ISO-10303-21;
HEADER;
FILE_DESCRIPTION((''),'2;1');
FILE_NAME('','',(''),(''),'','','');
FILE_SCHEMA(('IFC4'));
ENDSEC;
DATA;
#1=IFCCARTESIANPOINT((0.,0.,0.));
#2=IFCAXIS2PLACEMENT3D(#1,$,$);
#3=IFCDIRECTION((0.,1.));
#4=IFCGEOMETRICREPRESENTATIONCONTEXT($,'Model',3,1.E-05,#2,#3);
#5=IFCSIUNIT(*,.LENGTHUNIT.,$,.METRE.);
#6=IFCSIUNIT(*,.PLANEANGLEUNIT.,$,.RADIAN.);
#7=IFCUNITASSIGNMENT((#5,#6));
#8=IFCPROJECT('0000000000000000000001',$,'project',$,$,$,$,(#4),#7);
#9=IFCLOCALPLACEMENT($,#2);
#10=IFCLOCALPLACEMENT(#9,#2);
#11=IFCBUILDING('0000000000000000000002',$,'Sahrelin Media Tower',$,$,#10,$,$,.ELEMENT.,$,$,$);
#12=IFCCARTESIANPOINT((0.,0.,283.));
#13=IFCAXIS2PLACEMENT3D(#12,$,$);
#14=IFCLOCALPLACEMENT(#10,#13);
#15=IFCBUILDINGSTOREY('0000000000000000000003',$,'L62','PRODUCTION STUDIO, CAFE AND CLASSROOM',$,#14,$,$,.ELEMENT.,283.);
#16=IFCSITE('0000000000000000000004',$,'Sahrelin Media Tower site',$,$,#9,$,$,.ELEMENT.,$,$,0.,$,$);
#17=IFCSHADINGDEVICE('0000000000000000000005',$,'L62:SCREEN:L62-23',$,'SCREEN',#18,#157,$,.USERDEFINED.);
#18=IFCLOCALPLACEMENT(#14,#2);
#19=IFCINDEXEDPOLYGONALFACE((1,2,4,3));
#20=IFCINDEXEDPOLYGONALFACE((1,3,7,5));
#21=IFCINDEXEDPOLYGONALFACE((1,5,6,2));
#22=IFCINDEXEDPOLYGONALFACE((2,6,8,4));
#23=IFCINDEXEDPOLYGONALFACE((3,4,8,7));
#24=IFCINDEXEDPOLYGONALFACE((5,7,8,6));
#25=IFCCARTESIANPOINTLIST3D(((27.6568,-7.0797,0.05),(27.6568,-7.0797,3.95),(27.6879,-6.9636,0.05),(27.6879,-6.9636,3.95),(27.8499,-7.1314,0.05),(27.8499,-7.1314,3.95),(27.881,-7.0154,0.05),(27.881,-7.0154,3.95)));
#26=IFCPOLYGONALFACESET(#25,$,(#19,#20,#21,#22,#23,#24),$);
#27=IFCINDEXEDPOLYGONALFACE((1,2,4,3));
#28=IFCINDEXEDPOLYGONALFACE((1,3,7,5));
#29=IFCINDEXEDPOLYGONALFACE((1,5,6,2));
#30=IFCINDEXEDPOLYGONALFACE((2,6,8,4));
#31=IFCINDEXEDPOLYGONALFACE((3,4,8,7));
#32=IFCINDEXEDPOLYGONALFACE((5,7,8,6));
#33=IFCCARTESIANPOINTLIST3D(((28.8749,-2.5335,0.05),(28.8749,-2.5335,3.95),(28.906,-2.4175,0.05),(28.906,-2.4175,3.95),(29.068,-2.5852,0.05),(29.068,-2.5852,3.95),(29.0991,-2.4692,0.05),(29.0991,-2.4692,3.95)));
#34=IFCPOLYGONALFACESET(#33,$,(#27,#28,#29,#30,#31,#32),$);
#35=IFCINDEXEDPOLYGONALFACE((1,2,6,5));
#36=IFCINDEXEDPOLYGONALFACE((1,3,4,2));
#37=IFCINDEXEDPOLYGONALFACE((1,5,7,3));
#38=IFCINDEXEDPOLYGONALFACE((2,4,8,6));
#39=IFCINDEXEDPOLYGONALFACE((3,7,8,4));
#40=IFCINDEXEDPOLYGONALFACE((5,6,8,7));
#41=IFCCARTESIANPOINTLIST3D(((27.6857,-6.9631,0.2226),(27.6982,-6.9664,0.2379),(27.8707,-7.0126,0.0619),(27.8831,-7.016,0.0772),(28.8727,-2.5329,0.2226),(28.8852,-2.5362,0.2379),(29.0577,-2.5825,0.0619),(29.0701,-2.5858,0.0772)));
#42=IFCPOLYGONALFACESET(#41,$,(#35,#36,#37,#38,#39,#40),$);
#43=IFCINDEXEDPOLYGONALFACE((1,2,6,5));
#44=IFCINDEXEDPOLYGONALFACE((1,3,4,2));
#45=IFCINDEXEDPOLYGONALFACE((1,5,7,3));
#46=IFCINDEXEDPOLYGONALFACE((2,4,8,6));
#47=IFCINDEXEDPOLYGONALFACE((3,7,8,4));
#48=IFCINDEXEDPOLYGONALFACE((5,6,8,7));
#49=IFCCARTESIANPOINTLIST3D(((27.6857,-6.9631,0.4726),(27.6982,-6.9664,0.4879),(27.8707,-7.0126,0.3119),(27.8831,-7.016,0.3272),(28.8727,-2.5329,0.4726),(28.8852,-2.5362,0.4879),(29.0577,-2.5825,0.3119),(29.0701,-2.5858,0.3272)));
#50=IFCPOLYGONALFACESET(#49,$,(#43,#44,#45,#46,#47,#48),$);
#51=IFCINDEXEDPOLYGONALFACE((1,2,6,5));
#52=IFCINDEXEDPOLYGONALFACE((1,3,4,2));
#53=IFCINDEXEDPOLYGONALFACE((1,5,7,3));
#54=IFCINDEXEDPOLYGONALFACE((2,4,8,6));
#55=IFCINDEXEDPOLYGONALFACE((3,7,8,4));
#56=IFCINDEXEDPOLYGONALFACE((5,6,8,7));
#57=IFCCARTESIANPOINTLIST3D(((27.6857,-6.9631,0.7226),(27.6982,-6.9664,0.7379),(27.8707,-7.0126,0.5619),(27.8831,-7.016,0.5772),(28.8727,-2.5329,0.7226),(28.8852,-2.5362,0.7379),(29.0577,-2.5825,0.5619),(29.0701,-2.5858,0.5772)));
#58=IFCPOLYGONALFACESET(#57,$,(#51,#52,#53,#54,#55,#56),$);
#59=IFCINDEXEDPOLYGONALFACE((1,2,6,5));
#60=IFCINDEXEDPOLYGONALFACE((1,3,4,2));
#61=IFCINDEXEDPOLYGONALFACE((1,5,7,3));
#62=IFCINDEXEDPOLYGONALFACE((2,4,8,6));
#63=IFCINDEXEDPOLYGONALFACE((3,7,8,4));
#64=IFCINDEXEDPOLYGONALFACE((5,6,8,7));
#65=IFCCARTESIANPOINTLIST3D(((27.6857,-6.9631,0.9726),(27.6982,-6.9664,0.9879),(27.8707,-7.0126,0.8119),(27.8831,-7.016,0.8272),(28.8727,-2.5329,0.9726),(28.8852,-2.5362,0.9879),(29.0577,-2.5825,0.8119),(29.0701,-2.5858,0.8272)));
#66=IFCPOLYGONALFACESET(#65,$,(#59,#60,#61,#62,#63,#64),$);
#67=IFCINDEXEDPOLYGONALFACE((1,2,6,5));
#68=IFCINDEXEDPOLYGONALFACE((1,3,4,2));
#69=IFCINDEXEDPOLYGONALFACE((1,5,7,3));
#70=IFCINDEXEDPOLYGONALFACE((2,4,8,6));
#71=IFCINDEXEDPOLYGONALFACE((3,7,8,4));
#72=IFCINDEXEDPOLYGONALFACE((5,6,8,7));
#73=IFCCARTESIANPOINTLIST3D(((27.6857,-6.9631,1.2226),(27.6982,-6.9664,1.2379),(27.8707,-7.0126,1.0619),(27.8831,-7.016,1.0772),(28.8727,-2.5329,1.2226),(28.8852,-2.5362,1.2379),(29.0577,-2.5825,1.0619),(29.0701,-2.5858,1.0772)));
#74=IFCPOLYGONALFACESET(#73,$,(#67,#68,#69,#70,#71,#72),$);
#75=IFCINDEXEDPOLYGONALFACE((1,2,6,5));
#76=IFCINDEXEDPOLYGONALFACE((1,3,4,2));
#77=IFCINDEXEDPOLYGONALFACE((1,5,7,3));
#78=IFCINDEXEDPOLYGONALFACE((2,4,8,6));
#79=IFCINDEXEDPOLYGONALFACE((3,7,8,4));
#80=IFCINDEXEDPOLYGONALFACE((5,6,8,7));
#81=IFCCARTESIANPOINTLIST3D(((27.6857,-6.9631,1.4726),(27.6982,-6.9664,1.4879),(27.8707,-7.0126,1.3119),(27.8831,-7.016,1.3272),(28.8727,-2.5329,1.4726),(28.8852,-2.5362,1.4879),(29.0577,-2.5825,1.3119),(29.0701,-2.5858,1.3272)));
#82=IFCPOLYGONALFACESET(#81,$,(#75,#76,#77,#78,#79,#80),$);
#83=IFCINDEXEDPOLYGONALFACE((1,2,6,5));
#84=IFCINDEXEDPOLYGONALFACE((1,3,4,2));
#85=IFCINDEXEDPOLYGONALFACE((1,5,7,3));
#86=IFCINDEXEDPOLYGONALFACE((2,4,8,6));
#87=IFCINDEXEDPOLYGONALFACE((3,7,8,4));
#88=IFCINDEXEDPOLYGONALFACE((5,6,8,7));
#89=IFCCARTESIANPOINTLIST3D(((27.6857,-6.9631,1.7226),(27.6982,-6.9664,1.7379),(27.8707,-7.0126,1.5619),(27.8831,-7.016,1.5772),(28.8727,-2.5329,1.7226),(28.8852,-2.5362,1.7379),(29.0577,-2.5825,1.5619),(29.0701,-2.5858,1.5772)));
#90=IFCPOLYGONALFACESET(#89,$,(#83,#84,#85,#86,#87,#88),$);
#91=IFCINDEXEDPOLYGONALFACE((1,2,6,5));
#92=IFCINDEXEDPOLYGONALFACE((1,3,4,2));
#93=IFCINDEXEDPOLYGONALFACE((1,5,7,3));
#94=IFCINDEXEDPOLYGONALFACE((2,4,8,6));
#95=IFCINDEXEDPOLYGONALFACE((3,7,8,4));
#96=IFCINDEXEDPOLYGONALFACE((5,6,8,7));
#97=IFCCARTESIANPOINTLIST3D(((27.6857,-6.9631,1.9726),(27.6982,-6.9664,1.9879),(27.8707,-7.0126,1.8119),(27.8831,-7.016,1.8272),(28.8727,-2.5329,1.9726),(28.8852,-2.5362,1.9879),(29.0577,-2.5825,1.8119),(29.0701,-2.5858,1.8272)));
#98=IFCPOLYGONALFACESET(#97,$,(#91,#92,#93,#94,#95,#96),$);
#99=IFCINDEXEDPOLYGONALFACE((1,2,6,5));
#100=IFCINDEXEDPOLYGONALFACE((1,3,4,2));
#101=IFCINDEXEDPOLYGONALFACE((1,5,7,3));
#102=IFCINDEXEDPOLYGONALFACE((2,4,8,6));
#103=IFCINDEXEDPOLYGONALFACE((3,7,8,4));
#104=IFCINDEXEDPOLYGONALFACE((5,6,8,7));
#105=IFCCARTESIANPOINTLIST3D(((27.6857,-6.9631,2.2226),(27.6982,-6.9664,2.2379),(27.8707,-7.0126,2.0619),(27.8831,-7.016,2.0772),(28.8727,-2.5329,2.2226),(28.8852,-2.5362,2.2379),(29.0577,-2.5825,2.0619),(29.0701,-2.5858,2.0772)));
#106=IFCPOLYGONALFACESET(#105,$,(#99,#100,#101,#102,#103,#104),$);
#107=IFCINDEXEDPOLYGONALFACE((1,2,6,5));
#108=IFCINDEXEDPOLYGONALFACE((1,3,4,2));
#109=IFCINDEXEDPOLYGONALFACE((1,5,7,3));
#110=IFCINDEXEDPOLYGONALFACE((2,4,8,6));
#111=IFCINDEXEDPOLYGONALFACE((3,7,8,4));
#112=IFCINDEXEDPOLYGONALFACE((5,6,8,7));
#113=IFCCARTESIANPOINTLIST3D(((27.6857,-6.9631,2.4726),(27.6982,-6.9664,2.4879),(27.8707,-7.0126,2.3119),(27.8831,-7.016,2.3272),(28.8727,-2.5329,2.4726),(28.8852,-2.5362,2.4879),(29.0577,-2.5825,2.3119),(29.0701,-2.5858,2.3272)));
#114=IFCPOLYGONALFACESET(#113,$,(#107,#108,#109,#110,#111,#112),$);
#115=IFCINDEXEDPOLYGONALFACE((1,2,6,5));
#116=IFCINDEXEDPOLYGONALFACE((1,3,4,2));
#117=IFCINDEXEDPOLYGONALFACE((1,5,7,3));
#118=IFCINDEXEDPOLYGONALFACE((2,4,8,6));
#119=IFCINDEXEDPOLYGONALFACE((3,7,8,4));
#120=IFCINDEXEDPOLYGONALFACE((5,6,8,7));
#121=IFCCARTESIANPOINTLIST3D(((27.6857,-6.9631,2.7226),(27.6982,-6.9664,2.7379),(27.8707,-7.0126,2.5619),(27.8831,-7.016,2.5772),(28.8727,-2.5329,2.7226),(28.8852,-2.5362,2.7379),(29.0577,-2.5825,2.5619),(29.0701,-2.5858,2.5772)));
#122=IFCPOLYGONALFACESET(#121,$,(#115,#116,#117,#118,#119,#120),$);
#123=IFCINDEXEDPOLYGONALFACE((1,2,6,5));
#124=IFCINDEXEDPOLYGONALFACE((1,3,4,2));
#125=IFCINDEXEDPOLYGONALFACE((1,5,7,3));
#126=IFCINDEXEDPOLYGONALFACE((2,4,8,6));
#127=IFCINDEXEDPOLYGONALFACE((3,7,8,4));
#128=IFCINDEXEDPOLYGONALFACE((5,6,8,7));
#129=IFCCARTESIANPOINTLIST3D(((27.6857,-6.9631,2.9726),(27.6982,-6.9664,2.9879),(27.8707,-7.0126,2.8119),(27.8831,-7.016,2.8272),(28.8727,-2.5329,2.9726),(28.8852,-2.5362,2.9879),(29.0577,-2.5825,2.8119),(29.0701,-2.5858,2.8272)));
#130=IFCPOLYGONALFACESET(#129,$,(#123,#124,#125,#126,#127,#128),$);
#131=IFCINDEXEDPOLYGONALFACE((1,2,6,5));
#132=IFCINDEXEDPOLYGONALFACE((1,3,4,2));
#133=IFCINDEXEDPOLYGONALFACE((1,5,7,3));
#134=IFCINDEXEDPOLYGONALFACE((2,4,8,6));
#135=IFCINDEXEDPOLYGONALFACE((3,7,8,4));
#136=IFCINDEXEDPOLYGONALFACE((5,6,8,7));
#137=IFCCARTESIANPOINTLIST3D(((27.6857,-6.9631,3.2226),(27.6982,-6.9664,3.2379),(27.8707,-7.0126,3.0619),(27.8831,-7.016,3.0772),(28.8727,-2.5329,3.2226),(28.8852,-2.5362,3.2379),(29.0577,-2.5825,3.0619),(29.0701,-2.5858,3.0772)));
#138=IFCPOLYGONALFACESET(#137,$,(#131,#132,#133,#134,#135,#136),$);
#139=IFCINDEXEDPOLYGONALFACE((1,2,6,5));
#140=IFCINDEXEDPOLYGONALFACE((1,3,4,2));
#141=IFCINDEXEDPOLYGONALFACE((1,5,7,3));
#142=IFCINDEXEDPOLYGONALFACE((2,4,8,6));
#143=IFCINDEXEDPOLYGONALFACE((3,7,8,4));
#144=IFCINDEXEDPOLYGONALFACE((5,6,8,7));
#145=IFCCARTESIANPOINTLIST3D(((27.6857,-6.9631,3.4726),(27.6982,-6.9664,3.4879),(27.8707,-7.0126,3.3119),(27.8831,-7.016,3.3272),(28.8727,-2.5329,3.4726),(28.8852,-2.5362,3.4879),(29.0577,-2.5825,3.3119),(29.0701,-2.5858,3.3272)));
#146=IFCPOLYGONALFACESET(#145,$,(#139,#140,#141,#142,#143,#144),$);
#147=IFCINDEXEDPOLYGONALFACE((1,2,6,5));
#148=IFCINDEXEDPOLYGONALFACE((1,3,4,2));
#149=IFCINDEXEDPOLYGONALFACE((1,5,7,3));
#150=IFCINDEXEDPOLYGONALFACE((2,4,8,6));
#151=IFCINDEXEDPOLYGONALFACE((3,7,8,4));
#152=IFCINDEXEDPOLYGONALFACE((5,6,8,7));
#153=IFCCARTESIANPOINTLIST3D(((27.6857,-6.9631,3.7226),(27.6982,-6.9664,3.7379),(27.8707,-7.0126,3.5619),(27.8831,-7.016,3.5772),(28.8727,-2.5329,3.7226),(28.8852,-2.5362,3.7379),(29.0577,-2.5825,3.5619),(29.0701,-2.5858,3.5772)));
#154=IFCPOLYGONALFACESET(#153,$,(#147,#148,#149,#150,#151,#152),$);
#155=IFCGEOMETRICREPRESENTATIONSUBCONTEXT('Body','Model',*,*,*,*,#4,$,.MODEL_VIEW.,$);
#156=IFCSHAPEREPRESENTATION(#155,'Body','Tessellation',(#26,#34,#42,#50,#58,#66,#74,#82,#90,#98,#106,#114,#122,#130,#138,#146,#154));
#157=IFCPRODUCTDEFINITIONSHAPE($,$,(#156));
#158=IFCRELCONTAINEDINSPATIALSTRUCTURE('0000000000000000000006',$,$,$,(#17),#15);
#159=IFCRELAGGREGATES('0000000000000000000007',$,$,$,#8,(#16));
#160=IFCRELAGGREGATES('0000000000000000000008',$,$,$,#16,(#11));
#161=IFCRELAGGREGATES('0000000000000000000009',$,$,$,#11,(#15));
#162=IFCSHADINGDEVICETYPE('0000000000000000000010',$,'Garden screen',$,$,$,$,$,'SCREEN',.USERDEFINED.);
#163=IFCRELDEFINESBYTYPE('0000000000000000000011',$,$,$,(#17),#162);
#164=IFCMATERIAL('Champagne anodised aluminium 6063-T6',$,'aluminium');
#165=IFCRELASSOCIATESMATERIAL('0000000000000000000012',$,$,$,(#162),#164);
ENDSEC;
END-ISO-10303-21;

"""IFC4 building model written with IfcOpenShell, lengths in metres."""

from ifc_helpers import new_model, si_unit, direction, frame, origin, origin_2d, place, context, subcontext, project, spatial, rectangle, extrude, material, type_object, element, save


model = new_model("IFC4")

# Units and contexts
model_context = context("Model", 3, precision=1e-05, world=origin(), true_north=direction((0.0, 1.0)))
body_context = subcontext(model_context, "Body", "Model", "MODEL_VIEW")
ifc_project = project(units=[si_unit("LENGTHUNIT", "METRE"), si_unit("PLANEANGLEUNIT", "RADIAN")], contexts=[model_context])

# Site, building, storey
site_placement = place(None, origin())
site = spatial("IfcSite", under=ifc_project, at=site_placement, Name="Sahrelin Media Tower site", CompositionType="ELEMENT", RefElevation=0.0)
building_placement = place(site_placement, origin())
building = spatial("IfcBuilding", under=site, at=building_placement, Name="Sahrelin Media Tower", CompositionType="ELEMENT")
storey_placement = place(building_placement, frame((0.0, 0.0, 283.0)))
storey = spatial("IfcBuildingStorey", under=building, at=storey_placement, Name="L62", Description="PRODUCTION STUDIO, CAFE AND CLASSROOM", CompositionType="ELEMENT", Elevation=283.0)

# Shading device
ifc_material_1 = material(Name="Champagne anodised aluminium 6063-T6", Category="aluminium")
shading_device_type = type_object("IfcShadingDeviceType", Name="Garden screen", ElementType="SCREEN", PredefinedType="USERDEFINED", material=ifc_material_1)
shading_device_1_placement = place(storey_placement, frame((28.2812, -4.7485, 0.0), z_axis=(0.0, 0.0, 1.0), x_axis=(-0.258808, -0.965929, 0.0)))
element("IfcShadingDevice", 1, at=shading_device_1_placement, inside=storey, type_object=shading_device_type, Name="L62:SCREEN:L62-23", ObjectType="SCREEN", PredefinedType="USERDEFINED", context=body_context, shape_type="SweptSolid", body=[
    extrude(rectangle(XDim=0.1201, YDim=0.2, at=origin_2d()), frame((2.3533, 0.1001, 0.05), z_axis=(0.0, 0.0, 1.0), x_axis=(1.0, 0.0, 0.0)), (0.0, 0.0, 1.0), 3.8999),
    extrude(rectangle(XDim=0.1201, YDim=0.2, at=origin_2d()), frame((-2.3533, 0.1001, 0.05), z_axis=(0.0, 0.0, 1.0), x_axis=(1.0, 0.0, 0.0)), (0.0, 0.0, 1.0), 3.8999),
    extrude(rectangle(XDim=0.25, YDim=0.02, at=origin_2d()), frame((2.2932, 0.1001, 0.1499), z_axis=(-1.0, 0.0, 0.0), x_axis=(0.0, -0.766044, 0.642788)), (0.0, 0.0, 1.0), 4.5864),
    extrude(rectangle(XDim=0.25, YDim=0.02, at=origin_2d()), frame((2.2932, 0.1001, 0.3999), z_axis=(-1.0, 0.0, 0.0), x_axis=(0.0, -0.766044, 0.642788)), (0.0, 0.0, 1.0), 4.5864),
    extrude(rectangle(XDim=0.25, YDim=0.02, at=origin_2d()), frame((2.2932, 0.1001, 0.6499), z_axis=(-1.0, 0.0, 0.0), x_axis=(0.0, -0.766044, 0.642788)), (0.0, 0.0, 1.0), 4.5864),
    extrude(rectangle(XDim=0.25, YDim=0.02, at=origin_2d()), frame((2.2932, 0.1001, 0.8999), z_axis=(-1.0, 0.0, 0.0), x_axis=(0.0, -0.766044, 0.642788)), (0.0, 0.0, 1.0), 4.5864),
    extrude(rectangle(XDim=0.25, YDim=0.02, at=origin_2d()), frame((2.2932, 0.1001, 1.1499), z_axis=(-1.0, 0.0, 0.0), x_axis=(0.0, -0.766044, 0.642788)), (0.0, 0.0, 1.0), 4.5864),
    extrude(rectangle(XDim=0.25, YDim=0.02, at=origin_2d()), frame((2.2932, 0.1001, 1.3999), z_axis=(-1.0, 0.0, 0.0), x_axis=(0.0, -0.766044, 0.642788)), (0.0, 0.0, 1.0), 4.5864),
    extrude(rectangle(XDim=0.25, YDim=0.02, at=origin_2d()), frame((2.2932, 0.1001, 1.6499), z_axis=(-1.0, 0.0, 0.0), x_axis=(0.0, -0.766044, 0.642788)), (0.0, 0.0, 1.0), 4.5864),
    extrude(rectangle(XDim=0.25, YDim=0.02, at=origin_2d()), frame((2.2932, 0.1001, 1.8999), z_axis=(-1.0, 0.0, 0.0), x_axis=(0.0, -0.766044, 0.642788)), (0.0, 0.0, 1.0), 4.5864),
    extrude(rectangle(XDim=0.25, YDim=0.02, at=origin_2d()), frame((2.2932, 0.1001, 2.1499), z_axis=(-1.0, 0.0, 0.0), x_axis=(0.0, -0.766044, 0.642788)), (0.0, 0.0, 1.0), 4.5864),
    extrude(rectangle(XDim=0.25, YDim=0.02, at=origin_2d()), frame((2.2932, 0.1001, 2.3999), z_axis=(-1.0, 0.0, 0.0), x_axis=(0.0, -0.766044, 0.642788)), (0.0, 0.0, 1.0), 4.5864),
    extrude(rectangle(XDim=0.25, YDim=0.02, at=origin_2d()), frame((2.2932, 0.1001, 2.6499), z_axis=(-1.0, 0.0, 0.0), x_axis=(0.0, -0.766044, 0.642788)), (0.0, 0.0, 1.0), 4.5864),
    extrude(rectangle(XDim=0.25, YDim=0.02, at=origin_2d()), frame((2.2932, 0.1001, 2.8999), z_axis=(-1.0, 0.0, 0.0), x_axis=(0.0, -0.766044, 0.642788)), (0.0, 0.0, 1.0), 4.5864),
    extrude(rectangle(XDim=0.25, YDim=0.02, at=origin_2d()), frame((2.2932, 0.1001, 3.1499), z_axis=(-1.0, 0.0, 0.0), x_axis=(0.0, -0.766044, 0.642788)), (0.0, 0.0, 1.0), 4.5864),
    extrude(rectangle(XDim=0.25, YDim=0.02, at=origin_2d()), frame((2.2932, 0.1001, 3.3999), z_axis=(-1.0, 0.0, 0.0), x_axis=(0.0, -0.766044, 0.642788)), (0.0, 0.0, 1.0), 4.5864),
    extrude(rectangle(XDim=0.25, YDim=0.02, at=origin_2d()), frame((2.2932, 0.1001, 3.6499), z_axis=(-1.0, 0.0, 0.0), x_axis=(0.0, -0.766044, 0.642788)), (0.0, 0.0, 1.0), 4.5864),
])

save(model, "model.ifc")
